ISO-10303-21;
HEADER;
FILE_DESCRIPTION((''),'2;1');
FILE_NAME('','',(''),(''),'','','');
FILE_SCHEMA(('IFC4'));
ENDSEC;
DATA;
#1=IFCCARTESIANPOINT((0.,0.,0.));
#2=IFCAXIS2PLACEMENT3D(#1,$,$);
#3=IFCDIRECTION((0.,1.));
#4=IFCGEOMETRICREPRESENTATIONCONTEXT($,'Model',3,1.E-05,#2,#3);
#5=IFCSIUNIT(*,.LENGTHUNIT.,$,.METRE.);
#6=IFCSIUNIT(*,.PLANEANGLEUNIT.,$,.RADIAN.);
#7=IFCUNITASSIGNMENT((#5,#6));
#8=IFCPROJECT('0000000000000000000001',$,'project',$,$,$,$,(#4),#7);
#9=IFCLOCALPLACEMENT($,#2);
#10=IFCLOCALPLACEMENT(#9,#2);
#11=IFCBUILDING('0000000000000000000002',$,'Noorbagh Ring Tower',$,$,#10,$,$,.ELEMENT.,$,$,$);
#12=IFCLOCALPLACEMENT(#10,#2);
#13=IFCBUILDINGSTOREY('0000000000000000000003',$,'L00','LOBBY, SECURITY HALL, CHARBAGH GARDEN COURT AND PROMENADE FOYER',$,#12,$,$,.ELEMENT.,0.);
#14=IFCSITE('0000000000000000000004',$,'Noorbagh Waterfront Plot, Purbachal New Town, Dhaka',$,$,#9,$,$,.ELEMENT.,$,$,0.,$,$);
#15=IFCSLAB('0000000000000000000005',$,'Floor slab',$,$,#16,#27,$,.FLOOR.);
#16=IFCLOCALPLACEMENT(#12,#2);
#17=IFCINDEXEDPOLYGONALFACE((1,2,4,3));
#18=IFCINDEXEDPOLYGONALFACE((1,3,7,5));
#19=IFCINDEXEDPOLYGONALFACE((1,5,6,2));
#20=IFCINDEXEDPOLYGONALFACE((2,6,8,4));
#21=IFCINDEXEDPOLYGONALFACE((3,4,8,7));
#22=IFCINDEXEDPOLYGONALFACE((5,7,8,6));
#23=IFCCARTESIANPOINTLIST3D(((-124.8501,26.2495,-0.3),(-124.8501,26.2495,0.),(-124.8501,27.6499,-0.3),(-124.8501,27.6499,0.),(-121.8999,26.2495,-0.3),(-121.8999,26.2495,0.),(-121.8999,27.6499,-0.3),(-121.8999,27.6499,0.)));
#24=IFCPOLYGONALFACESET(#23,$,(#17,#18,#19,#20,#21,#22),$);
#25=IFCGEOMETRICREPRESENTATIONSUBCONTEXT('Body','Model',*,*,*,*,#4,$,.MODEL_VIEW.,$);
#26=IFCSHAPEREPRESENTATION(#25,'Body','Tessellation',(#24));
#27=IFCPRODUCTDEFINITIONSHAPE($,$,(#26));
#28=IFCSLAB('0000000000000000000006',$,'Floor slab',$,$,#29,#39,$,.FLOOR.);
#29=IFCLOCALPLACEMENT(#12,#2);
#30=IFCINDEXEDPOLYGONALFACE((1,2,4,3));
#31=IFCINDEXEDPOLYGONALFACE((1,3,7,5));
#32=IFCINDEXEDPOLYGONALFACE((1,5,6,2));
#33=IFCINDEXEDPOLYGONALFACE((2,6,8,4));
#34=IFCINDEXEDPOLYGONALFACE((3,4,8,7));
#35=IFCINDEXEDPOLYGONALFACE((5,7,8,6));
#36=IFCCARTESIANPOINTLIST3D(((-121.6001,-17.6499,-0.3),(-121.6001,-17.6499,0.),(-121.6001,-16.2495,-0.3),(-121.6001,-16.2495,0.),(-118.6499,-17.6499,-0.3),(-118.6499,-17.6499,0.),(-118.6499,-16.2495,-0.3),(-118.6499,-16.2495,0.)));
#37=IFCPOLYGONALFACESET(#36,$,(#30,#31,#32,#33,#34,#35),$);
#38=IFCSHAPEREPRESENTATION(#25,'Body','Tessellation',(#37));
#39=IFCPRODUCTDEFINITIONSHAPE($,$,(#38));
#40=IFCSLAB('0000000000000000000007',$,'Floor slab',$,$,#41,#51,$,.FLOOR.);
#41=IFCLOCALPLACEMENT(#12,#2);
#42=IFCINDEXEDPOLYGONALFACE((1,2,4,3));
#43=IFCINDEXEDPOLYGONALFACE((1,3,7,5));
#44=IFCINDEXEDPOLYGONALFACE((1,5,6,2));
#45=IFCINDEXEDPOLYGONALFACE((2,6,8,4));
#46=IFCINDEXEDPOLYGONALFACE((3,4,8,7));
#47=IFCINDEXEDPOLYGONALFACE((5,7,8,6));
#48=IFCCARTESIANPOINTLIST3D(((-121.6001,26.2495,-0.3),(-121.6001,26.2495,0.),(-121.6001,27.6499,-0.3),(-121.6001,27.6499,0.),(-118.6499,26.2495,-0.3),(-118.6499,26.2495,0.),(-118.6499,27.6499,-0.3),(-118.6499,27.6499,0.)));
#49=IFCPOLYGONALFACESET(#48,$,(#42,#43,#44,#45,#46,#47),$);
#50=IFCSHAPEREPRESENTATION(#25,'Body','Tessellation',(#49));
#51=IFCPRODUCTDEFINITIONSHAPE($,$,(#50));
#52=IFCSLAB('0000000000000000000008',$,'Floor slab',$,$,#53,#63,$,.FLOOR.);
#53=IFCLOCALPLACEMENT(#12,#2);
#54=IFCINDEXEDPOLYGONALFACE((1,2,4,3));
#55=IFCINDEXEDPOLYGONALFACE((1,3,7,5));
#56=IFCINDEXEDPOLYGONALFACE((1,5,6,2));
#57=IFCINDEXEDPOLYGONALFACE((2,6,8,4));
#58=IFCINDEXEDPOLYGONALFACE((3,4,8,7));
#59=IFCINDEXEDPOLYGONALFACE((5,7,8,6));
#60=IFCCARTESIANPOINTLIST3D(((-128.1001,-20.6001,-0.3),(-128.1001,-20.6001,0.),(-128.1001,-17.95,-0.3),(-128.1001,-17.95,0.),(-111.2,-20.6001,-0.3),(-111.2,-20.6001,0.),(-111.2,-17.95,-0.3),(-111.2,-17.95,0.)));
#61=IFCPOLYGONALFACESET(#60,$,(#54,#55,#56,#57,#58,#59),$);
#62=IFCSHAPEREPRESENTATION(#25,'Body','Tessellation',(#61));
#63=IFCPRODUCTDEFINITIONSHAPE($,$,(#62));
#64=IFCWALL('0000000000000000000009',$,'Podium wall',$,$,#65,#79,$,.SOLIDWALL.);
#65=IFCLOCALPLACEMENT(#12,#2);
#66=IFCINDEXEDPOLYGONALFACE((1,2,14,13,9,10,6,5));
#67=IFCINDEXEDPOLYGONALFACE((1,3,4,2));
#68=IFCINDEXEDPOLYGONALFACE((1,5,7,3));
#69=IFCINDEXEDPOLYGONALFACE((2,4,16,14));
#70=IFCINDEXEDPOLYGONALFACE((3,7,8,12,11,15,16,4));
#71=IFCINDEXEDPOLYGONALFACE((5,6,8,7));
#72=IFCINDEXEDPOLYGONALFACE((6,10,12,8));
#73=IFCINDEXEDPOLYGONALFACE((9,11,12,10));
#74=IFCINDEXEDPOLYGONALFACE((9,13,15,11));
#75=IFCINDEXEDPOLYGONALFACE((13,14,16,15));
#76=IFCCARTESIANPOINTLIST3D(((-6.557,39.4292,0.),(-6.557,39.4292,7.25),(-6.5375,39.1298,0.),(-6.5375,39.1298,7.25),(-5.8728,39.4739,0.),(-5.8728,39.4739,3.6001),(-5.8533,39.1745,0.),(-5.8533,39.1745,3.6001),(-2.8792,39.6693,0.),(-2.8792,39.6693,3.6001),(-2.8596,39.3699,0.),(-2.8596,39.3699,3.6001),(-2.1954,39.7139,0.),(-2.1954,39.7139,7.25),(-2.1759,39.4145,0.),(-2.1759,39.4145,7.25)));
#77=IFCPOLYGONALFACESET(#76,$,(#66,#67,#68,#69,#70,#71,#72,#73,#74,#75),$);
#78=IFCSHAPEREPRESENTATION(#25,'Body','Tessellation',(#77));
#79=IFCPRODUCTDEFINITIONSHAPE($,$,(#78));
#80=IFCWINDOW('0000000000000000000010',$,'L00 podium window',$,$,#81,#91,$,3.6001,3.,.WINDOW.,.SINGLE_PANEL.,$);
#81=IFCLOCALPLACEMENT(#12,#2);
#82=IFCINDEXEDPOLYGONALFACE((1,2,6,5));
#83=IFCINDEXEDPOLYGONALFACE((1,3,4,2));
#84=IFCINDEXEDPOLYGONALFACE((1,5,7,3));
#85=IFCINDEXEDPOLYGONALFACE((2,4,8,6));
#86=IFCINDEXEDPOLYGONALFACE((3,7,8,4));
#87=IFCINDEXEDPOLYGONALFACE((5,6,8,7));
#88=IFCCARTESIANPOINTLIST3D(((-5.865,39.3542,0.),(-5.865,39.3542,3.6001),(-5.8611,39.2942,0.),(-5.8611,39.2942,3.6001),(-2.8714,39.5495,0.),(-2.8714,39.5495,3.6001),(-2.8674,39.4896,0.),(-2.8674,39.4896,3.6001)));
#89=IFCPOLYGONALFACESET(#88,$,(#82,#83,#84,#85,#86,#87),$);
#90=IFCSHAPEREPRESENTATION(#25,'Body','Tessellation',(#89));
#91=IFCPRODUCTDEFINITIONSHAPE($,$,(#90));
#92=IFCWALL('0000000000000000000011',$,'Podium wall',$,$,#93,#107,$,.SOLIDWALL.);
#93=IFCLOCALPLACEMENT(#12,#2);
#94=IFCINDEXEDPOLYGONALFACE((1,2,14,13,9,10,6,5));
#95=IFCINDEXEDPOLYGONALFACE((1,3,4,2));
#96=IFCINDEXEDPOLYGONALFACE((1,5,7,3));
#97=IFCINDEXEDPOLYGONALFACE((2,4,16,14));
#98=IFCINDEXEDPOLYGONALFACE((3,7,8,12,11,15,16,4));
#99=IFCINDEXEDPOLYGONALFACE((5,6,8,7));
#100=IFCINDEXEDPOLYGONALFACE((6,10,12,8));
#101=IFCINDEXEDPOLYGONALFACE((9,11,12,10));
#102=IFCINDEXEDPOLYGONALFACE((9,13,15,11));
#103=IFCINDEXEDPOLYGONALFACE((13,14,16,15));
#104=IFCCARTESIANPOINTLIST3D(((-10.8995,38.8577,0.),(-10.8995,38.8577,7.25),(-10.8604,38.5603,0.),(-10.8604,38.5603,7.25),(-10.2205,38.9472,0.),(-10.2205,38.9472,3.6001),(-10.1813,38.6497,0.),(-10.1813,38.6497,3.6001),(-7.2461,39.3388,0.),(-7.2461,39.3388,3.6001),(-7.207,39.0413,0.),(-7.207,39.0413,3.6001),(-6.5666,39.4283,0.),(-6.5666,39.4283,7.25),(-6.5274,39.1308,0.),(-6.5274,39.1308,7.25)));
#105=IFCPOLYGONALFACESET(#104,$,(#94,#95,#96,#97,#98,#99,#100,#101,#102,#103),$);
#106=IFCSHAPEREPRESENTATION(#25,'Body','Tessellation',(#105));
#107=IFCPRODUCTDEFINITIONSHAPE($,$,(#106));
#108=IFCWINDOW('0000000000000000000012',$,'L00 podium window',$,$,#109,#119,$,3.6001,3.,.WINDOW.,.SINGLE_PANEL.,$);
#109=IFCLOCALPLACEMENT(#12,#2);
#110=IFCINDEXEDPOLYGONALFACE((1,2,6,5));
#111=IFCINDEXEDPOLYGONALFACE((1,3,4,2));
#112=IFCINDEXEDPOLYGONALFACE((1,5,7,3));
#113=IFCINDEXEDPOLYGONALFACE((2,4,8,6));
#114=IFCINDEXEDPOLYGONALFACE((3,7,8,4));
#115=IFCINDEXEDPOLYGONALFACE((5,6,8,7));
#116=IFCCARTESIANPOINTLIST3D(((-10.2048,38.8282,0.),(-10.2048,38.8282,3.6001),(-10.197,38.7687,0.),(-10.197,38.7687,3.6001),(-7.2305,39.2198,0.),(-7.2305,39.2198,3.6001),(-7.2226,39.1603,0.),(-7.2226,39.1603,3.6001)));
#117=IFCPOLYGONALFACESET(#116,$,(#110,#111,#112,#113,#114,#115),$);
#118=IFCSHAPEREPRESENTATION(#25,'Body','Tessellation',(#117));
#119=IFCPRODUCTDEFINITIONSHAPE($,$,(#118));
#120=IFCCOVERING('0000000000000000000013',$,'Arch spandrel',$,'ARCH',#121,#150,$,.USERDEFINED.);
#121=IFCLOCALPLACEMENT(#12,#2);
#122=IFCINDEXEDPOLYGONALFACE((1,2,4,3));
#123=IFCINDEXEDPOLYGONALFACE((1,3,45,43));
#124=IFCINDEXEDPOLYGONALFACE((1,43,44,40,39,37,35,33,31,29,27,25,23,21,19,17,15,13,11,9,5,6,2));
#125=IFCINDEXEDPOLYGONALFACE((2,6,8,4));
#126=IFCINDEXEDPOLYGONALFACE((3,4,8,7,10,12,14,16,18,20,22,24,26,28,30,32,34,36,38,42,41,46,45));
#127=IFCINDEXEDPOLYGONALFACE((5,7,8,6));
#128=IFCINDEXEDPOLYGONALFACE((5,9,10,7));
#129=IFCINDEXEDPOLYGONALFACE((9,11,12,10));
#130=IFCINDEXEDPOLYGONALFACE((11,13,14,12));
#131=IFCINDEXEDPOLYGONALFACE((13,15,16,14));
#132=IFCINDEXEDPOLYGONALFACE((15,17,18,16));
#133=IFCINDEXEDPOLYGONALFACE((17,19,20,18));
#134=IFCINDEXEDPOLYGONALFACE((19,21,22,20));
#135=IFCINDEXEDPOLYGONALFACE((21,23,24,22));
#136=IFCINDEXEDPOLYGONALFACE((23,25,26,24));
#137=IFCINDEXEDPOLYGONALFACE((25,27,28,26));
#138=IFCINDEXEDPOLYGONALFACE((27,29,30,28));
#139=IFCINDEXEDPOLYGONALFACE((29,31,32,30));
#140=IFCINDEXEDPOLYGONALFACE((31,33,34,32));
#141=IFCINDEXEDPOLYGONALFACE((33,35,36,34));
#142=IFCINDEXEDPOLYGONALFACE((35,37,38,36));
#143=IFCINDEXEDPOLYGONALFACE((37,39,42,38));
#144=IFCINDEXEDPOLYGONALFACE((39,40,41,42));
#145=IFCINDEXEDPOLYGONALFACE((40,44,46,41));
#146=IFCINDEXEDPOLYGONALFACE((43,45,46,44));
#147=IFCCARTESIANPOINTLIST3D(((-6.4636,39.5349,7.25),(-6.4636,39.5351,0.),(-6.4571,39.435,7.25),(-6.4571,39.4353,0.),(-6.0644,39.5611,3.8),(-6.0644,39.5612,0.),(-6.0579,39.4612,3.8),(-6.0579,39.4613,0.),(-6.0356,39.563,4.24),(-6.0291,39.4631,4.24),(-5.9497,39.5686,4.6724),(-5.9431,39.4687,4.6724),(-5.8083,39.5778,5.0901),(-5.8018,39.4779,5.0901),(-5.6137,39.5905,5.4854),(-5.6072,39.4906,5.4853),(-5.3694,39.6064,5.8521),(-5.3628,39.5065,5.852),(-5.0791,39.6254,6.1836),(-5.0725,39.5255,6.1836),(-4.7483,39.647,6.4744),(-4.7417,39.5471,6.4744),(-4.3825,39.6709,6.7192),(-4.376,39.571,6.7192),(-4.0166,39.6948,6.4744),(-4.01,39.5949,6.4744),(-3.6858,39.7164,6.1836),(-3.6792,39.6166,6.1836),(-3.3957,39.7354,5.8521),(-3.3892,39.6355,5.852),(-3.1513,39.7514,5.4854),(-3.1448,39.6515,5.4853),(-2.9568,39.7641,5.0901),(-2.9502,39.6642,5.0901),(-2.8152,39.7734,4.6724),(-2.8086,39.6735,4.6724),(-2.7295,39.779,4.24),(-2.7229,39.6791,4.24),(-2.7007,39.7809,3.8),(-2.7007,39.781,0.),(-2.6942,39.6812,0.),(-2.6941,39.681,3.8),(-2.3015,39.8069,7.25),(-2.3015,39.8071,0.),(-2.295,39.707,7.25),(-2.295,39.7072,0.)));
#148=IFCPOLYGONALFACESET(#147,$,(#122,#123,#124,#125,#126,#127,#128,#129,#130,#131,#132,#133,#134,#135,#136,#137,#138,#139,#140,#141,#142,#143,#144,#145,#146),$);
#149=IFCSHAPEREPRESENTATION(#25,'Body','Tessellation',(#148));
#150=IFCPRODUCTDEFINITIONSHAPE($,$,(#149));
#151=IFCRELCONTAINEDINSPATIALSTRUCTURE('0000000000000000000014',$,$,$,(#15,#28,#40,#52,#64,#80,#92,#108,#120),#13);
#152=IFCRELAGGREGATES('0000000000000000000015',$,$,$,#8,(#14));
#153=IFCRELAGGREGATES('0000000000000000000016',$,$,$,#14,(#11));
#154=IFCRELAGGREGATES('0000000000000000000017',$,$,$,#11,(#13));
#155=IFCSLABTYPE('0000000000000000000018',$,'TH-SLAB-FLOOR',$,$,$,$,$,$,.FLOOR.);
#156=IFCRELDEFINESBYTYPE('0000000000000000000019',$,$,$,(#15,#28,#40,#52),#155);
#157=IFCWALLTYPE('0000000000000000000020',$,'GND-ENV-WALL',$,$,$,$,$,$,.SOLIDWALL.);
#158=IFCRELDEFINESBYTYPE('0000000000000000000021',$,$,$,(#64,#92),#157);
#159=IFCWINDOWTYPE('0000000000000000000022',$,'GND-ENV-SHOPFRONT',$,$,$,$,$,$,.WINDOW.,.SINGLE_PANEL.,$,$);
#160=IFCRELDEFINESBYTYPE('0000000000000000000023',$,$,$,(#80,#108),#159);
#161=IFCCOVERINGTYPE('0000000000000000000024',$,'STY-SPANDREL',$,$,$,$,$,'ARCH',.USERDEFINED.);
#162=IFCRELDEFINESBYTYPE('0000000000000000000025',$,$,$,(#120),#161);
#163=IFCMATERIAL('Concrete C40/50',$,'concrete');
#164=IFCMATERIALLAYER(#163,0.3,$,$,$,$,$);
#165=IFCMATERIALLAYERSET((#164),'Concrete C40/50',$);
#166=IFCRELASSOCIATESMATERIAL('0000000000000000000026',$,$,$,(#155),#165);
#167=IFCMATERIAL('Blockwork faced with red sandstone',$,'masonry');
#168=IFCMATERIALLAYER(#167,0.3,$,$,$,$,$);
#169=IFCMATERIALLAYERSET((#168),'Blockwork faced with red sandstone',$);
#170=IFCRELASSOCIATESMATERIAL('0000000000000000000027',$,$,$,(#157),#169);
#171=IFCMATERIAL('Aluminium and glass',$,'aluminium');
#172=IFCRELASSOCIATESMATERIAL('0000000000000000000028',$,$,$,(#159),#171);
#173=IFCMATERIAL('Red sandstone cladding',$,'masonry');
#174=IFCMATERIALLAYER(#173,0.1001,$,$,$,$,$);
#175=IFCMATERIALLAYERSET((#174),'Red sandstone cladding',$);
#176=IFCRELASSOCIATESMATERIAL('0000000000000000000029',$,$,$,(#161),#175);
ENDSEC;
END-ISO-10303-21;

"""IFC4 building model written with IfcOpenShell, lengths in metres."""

from ifc_helpers import new_model, si_unit, direction, frame, frame_2d, origin, place, context, subcontext, project, spatial, polyline, rectangle, outline, extrude, material, layer, layer_set, type_object, element, fill, save


model = new_model("IFC4")

# Units and contexts
model_context = context("Model", 3, precision=1e-05, world=origin(), true_north=direction((0.0, 1.0)))
body_context = subcontext(model_context, "Body", "Model", "MODEL_VIEW")
ifc_project = project(units=[si_unit("LENGTHUNIT", "METRE"), si_unit("PLANEANGLEUNIT", "RADIAN")], contexts=[model_context])

# Site, building, storey
site_placement = place(None, origin())
site = spatial("IfcSite", under=ifc_project, at=site_placement, Name="Noorbagh Waterfront Plot, Purbachal New Town, Dhaka", CompositionType="ELEMENT", RefElevation=0.0)
building_placement = place(site_placement, origin())
building = spatial("IfcBuilding", under=site, at=building_placement, Name="Noorbagh Ring Tower", CompositionType="ELEMENT")
storey_placement = place(building_placement, origin())
storey = spatial("IfcBuildingStorey", under=building, at=storey_placement, Name="L00", Description="LOBBY, SECURITY HALL, CHARBAGH GARDEN COURT AND PROMENADE FOYER", CompositionType="ELEMENT", Elevation=0.0)

# Slabs
ifc_material_1 = material(Name="Concrete C40/50", Category="concrete")
ifc_layer_1 = layer(ifc_material_1, 0.3)
ifc_layer_set_1 = layer_set([ifc_layer_1], Name="Concrete C40/50")
slab_type = type_object("IfcSlabType", Name="TH-SLAB-FLOOR", PredefinedType="FLOOR", material=ifc_layer_set_1)
slab_1_placement = place(storey_placement, frame((0.0, 0.0, -0.3)))
element("IfcSlab", 1, at=slab_1_placement, inside=storey, type_object=slab_type, Name="Floor slab", PredefinedType="FLOOR", context=body_context, shape_type="SweptSolid", body=[
    extrude(outline(polyline([(-121.8999, 27.6499), (-124.8501, 27.6499), (-124.8501, 26.2495), (-121.8999, 26.2495), (-121.8999, 27.6499)])), origin(), (0.0, 0.0, 1.0), 0.3),
])
slab_2_placement = place(storey_placement, frame((0.0, 0.0, -0.3)))
element("IfcSlab", 2, at=slab_2_placement, inside=storey, type_object=slab_type, Name="Floor slab", PredefinedType="FLOOR", context=body_context, shape_type="SweptSolid", body=[
    extrude(outline(polyline([(-118.6499, -16.2495), (-121.6001, -16.2495), (-121.6001, -17.6499), (-118.6499, -17.6499), (-118.6499, -16.2495)])), origin(), (0.0, 0.0, 1.0), 0.3),
])
slab_3_placement = place(storey_placement, frame((0.0, 0.0, -0.3)))
element("IfcSlab", 3, at=slab_3_placement, inside=storey, type_object=slab_type, Name="Floor slab", PredefinedType="FLOOR", context=body_context, shape_type="SweptSolid", body=[
    extrude(outline(polyline([(-121.6001, 27.6499), (-121.6001, 26.2495), (-118.6499, 26.2495), (-118.6499, 27.6499), (-121.6001, 27.6499)])), origin(), (0.0, 0.0, 1.0), 0.3),
])
slab_4_placement = place(storey_placement, frame((0.0, 0.0, -0.3)))
element("IfcSlab", 4, at=slab_4_placement, inside=storey, type_object=slab_type, Name="Floor slab", PredefinedType="FLOOR", context=body_context, shape_type="SweptSolid", body=[
    extrude(outline(polyline([(-111.2, -20.6001), (-111.2, -17.95), (-128.1001, -17.95), (-128.1001, -20.6001), (-111.2, -20.6001)])), origin(), (0.0, 0.0, 1.0), 0.3),
])

# Walls, openings, windows
ifc_material_2 = material(Name="Blockwork faced with red sandstone", Category="masonry")
ifc_layer_2 = layer(ifc_material_2, 0.3)
ifc_layer_set_2 = layer_set([ifc_layer_2], Name="Blockwork faced with red sandstone")
wall_type = type_object("IfcWallType", Name="GND-ENV-WALL", PredefinedType="SOLIDWALL", material=ifc_layer_set_2)
wall_1_placement = place(storey_placement, frame((-2.1855, 39.5642, 0.0), z_axis=(0.0, 0.0, 1.0), x_axis=(-0.997877, -0.065129, 0.0)))
wall_1 = element("IfcWall", 5, at=wall_1_placement, inside=storey, type_object=wall_type, Name="Podium wall", PredefinedType="SOLIDWALL", context=body_context, shape_type="SweptSolid", body=[
    extrude(rectangle(XDim=4.3708, YDim=0.3, at=frame_2d((2.1855, 0.0))), origin(), (0.0, 0.0, 1.0), 7.25),
])
opening_1_placement = place(wall_1_placement, frame((0.6853, 0.0, 0.0)))
opening_1 = element("IfcOpeningElement", 6, at=opening_1_placement, cuts=wall_1, PredefinedType="OPENING", context=body_context, shape_type="SweptSolid", body=[
    extrude(rectangle(XDim=3.0, YDim=3.6001, at=frame_2d((1.5, 1.8))), frame((0.0, 0.1602, 0.0), z_axis=(0.0, -1.0, 0.0), x_axis=(1.0, 0.0, 0.0)), (0.0, 0.0, 1.0), 0.3201),
])
ifc_material_3 = material(Name="Aluminium and glass", Category="aluminium")
window_type = type_object("IfcWindowType", Name="GND-ENV-SHOPFRONT", PartitioningType="SINGLE_PANEL", PredefinedType="WINDOW", material=ifc_material_3)
window_1_placement = place(opening_1_placement, origin())
window_1 = element("IfcWindow", 7, at=window_1_placement, inside=storey, type_object=window_type, Name="L00 podium window", OverallHeight=3.6001, OverallWidth=3.0, PartitioningType="SINGLE_PANEL", PredefinedType="WINDOW", context=body_context, shape_type="SweptSolid", body=[
    extrude(rectangle(XDim=3.0, YDim=3.6001, at=frame_2d((1.5, 1.8))), frame((0.0, 0.03, 0.0), z_axis=(0.0, -1.0, 0.0), x_axis=(1.0, 0.0, 0.0)), (0.0, 0.0, 1.0), 0.0601),
])
fill(opening_1, window_1)
wall_2_placement = place(storey_placement, frame((-6.5471, 39.2795, 0.0), z_axis=(0.0, 0.0, 1.0), x_axis=(-0.991442, -0.13055, 0.0)))
wall_2 = element("IfcWall", 8, at=wall_2_placement, inside=storey, type_object=wall_type, Name="Podium wall", PredefinedType="SOLIDWALL", context=body_context, shape_type="SweptSolid", body=[
    extrude(rectangle(XDim=4.3704, YDim=0.3, at=frame_2d((2.1851, 0.0))), origin(), (0.0, 0.0, 1.0), 7.25),
])
opening_2_placement = place(wall_2_placement, frame((0.6853, 0.0, 0.0)))
opening_2 = element("IfcOpeningElement", 9, at=opening_2_placement, cuts=wall_2, PredefinedType="OPENING", context=body_context, shape_type="SweptSolid", body=[
    extrude(rectangle(XDim=3.0, YDim=3.6001, at=frame_2d((1.5, 1.8))), frame((0.0, 0.1602, 0.0), z_axis=(0.0, -1.0, 0.0), x_axis=(1.0, 0.0, 0.0)), (0.0, 0.0, 1.0), 0.3201),
])
window_2_placement = place(opening_2_placement, origin())
window_2 = element("IfcWindow", 10, at=window_2_placement, inside=storey, type_object=window_type, Name="L00 podium window", OverallHeight=3.6001, OverallWidth=3.0, PartitioningType="SINGLE_PANEL", PredefinedType="WINDOW", context=body_context, shape_type="SweptSolid", body=[
    extrude(rectangle(XDim=3.0, YDim=3.6001, at=frame_2d((1.5, 1.8))), frame((0.0, 0.03, 0.0), z_axis=(0.0, -1.0, 0.0), x_axis=(1.0, 0.0, 0.0)), (0.0, 0.0, 1.0), 0.0601),
])
fill(opening_2, window_2)

# Covering
ifc_material_4 = material(Name="Red sandstone cladding", Category="masonry")
ifc_layer_3 = layer(ifc_material_4, 0.1001)
ifc_layer_set_3 = layer_set([ifc_layer_3], Name="Red sandstone cladding")
covering_type = type_object("IfcCoveringType", Name="STY-SPANDREL", ElementType="ARCH", PredefinedType="USERDEFINED", material=ifc_layer_set_3)
covering_1_placement = place(storey_placement, frame((-2.3015, 39.8071, 0.0), z_axis=(-0.065208, 0.997872, 0.000038), x_axis=(-0.997872, -0.065208, 0.0)))
element("IfcCovering", 11, at=covering_1_placement, inside=storey, type_object=covering_type, Name="Arch spandrel", ObjectType="ARCH", PredefinedType="USERDEFINED", context=body_context, shape_type="SweptSolid", body=[
    extrude(outline(polyline([(0.0, 0.0), (0.4, 0.0), (0.4, 3.8), (0.4289, 4.24), (0.5148, 4.6724), (0.6567, 5.0901), (0.8517, 5.4854), (1.0966, 5.8521), (1.3872, 6.1836), (1.7187, 6.4744), (2.0855, 6.7192), (2.452, 6.4744), (2.7835, 6.1836), (3.0744, 5.8521), (3.3193, 5.4854), (3.5143, 5.0901), (3.656, 4.6724), (3.7421, 4.24), (3.7709, 3.8), (3.7709, 0.0), (4.171, 0.0), (4.171, 7.25), (0.0, 7.25), (0.0, 0.0)])), origin(), (0.0, 0.0, -1.0), 0.1001),
])

save(model, "model.ifc")
